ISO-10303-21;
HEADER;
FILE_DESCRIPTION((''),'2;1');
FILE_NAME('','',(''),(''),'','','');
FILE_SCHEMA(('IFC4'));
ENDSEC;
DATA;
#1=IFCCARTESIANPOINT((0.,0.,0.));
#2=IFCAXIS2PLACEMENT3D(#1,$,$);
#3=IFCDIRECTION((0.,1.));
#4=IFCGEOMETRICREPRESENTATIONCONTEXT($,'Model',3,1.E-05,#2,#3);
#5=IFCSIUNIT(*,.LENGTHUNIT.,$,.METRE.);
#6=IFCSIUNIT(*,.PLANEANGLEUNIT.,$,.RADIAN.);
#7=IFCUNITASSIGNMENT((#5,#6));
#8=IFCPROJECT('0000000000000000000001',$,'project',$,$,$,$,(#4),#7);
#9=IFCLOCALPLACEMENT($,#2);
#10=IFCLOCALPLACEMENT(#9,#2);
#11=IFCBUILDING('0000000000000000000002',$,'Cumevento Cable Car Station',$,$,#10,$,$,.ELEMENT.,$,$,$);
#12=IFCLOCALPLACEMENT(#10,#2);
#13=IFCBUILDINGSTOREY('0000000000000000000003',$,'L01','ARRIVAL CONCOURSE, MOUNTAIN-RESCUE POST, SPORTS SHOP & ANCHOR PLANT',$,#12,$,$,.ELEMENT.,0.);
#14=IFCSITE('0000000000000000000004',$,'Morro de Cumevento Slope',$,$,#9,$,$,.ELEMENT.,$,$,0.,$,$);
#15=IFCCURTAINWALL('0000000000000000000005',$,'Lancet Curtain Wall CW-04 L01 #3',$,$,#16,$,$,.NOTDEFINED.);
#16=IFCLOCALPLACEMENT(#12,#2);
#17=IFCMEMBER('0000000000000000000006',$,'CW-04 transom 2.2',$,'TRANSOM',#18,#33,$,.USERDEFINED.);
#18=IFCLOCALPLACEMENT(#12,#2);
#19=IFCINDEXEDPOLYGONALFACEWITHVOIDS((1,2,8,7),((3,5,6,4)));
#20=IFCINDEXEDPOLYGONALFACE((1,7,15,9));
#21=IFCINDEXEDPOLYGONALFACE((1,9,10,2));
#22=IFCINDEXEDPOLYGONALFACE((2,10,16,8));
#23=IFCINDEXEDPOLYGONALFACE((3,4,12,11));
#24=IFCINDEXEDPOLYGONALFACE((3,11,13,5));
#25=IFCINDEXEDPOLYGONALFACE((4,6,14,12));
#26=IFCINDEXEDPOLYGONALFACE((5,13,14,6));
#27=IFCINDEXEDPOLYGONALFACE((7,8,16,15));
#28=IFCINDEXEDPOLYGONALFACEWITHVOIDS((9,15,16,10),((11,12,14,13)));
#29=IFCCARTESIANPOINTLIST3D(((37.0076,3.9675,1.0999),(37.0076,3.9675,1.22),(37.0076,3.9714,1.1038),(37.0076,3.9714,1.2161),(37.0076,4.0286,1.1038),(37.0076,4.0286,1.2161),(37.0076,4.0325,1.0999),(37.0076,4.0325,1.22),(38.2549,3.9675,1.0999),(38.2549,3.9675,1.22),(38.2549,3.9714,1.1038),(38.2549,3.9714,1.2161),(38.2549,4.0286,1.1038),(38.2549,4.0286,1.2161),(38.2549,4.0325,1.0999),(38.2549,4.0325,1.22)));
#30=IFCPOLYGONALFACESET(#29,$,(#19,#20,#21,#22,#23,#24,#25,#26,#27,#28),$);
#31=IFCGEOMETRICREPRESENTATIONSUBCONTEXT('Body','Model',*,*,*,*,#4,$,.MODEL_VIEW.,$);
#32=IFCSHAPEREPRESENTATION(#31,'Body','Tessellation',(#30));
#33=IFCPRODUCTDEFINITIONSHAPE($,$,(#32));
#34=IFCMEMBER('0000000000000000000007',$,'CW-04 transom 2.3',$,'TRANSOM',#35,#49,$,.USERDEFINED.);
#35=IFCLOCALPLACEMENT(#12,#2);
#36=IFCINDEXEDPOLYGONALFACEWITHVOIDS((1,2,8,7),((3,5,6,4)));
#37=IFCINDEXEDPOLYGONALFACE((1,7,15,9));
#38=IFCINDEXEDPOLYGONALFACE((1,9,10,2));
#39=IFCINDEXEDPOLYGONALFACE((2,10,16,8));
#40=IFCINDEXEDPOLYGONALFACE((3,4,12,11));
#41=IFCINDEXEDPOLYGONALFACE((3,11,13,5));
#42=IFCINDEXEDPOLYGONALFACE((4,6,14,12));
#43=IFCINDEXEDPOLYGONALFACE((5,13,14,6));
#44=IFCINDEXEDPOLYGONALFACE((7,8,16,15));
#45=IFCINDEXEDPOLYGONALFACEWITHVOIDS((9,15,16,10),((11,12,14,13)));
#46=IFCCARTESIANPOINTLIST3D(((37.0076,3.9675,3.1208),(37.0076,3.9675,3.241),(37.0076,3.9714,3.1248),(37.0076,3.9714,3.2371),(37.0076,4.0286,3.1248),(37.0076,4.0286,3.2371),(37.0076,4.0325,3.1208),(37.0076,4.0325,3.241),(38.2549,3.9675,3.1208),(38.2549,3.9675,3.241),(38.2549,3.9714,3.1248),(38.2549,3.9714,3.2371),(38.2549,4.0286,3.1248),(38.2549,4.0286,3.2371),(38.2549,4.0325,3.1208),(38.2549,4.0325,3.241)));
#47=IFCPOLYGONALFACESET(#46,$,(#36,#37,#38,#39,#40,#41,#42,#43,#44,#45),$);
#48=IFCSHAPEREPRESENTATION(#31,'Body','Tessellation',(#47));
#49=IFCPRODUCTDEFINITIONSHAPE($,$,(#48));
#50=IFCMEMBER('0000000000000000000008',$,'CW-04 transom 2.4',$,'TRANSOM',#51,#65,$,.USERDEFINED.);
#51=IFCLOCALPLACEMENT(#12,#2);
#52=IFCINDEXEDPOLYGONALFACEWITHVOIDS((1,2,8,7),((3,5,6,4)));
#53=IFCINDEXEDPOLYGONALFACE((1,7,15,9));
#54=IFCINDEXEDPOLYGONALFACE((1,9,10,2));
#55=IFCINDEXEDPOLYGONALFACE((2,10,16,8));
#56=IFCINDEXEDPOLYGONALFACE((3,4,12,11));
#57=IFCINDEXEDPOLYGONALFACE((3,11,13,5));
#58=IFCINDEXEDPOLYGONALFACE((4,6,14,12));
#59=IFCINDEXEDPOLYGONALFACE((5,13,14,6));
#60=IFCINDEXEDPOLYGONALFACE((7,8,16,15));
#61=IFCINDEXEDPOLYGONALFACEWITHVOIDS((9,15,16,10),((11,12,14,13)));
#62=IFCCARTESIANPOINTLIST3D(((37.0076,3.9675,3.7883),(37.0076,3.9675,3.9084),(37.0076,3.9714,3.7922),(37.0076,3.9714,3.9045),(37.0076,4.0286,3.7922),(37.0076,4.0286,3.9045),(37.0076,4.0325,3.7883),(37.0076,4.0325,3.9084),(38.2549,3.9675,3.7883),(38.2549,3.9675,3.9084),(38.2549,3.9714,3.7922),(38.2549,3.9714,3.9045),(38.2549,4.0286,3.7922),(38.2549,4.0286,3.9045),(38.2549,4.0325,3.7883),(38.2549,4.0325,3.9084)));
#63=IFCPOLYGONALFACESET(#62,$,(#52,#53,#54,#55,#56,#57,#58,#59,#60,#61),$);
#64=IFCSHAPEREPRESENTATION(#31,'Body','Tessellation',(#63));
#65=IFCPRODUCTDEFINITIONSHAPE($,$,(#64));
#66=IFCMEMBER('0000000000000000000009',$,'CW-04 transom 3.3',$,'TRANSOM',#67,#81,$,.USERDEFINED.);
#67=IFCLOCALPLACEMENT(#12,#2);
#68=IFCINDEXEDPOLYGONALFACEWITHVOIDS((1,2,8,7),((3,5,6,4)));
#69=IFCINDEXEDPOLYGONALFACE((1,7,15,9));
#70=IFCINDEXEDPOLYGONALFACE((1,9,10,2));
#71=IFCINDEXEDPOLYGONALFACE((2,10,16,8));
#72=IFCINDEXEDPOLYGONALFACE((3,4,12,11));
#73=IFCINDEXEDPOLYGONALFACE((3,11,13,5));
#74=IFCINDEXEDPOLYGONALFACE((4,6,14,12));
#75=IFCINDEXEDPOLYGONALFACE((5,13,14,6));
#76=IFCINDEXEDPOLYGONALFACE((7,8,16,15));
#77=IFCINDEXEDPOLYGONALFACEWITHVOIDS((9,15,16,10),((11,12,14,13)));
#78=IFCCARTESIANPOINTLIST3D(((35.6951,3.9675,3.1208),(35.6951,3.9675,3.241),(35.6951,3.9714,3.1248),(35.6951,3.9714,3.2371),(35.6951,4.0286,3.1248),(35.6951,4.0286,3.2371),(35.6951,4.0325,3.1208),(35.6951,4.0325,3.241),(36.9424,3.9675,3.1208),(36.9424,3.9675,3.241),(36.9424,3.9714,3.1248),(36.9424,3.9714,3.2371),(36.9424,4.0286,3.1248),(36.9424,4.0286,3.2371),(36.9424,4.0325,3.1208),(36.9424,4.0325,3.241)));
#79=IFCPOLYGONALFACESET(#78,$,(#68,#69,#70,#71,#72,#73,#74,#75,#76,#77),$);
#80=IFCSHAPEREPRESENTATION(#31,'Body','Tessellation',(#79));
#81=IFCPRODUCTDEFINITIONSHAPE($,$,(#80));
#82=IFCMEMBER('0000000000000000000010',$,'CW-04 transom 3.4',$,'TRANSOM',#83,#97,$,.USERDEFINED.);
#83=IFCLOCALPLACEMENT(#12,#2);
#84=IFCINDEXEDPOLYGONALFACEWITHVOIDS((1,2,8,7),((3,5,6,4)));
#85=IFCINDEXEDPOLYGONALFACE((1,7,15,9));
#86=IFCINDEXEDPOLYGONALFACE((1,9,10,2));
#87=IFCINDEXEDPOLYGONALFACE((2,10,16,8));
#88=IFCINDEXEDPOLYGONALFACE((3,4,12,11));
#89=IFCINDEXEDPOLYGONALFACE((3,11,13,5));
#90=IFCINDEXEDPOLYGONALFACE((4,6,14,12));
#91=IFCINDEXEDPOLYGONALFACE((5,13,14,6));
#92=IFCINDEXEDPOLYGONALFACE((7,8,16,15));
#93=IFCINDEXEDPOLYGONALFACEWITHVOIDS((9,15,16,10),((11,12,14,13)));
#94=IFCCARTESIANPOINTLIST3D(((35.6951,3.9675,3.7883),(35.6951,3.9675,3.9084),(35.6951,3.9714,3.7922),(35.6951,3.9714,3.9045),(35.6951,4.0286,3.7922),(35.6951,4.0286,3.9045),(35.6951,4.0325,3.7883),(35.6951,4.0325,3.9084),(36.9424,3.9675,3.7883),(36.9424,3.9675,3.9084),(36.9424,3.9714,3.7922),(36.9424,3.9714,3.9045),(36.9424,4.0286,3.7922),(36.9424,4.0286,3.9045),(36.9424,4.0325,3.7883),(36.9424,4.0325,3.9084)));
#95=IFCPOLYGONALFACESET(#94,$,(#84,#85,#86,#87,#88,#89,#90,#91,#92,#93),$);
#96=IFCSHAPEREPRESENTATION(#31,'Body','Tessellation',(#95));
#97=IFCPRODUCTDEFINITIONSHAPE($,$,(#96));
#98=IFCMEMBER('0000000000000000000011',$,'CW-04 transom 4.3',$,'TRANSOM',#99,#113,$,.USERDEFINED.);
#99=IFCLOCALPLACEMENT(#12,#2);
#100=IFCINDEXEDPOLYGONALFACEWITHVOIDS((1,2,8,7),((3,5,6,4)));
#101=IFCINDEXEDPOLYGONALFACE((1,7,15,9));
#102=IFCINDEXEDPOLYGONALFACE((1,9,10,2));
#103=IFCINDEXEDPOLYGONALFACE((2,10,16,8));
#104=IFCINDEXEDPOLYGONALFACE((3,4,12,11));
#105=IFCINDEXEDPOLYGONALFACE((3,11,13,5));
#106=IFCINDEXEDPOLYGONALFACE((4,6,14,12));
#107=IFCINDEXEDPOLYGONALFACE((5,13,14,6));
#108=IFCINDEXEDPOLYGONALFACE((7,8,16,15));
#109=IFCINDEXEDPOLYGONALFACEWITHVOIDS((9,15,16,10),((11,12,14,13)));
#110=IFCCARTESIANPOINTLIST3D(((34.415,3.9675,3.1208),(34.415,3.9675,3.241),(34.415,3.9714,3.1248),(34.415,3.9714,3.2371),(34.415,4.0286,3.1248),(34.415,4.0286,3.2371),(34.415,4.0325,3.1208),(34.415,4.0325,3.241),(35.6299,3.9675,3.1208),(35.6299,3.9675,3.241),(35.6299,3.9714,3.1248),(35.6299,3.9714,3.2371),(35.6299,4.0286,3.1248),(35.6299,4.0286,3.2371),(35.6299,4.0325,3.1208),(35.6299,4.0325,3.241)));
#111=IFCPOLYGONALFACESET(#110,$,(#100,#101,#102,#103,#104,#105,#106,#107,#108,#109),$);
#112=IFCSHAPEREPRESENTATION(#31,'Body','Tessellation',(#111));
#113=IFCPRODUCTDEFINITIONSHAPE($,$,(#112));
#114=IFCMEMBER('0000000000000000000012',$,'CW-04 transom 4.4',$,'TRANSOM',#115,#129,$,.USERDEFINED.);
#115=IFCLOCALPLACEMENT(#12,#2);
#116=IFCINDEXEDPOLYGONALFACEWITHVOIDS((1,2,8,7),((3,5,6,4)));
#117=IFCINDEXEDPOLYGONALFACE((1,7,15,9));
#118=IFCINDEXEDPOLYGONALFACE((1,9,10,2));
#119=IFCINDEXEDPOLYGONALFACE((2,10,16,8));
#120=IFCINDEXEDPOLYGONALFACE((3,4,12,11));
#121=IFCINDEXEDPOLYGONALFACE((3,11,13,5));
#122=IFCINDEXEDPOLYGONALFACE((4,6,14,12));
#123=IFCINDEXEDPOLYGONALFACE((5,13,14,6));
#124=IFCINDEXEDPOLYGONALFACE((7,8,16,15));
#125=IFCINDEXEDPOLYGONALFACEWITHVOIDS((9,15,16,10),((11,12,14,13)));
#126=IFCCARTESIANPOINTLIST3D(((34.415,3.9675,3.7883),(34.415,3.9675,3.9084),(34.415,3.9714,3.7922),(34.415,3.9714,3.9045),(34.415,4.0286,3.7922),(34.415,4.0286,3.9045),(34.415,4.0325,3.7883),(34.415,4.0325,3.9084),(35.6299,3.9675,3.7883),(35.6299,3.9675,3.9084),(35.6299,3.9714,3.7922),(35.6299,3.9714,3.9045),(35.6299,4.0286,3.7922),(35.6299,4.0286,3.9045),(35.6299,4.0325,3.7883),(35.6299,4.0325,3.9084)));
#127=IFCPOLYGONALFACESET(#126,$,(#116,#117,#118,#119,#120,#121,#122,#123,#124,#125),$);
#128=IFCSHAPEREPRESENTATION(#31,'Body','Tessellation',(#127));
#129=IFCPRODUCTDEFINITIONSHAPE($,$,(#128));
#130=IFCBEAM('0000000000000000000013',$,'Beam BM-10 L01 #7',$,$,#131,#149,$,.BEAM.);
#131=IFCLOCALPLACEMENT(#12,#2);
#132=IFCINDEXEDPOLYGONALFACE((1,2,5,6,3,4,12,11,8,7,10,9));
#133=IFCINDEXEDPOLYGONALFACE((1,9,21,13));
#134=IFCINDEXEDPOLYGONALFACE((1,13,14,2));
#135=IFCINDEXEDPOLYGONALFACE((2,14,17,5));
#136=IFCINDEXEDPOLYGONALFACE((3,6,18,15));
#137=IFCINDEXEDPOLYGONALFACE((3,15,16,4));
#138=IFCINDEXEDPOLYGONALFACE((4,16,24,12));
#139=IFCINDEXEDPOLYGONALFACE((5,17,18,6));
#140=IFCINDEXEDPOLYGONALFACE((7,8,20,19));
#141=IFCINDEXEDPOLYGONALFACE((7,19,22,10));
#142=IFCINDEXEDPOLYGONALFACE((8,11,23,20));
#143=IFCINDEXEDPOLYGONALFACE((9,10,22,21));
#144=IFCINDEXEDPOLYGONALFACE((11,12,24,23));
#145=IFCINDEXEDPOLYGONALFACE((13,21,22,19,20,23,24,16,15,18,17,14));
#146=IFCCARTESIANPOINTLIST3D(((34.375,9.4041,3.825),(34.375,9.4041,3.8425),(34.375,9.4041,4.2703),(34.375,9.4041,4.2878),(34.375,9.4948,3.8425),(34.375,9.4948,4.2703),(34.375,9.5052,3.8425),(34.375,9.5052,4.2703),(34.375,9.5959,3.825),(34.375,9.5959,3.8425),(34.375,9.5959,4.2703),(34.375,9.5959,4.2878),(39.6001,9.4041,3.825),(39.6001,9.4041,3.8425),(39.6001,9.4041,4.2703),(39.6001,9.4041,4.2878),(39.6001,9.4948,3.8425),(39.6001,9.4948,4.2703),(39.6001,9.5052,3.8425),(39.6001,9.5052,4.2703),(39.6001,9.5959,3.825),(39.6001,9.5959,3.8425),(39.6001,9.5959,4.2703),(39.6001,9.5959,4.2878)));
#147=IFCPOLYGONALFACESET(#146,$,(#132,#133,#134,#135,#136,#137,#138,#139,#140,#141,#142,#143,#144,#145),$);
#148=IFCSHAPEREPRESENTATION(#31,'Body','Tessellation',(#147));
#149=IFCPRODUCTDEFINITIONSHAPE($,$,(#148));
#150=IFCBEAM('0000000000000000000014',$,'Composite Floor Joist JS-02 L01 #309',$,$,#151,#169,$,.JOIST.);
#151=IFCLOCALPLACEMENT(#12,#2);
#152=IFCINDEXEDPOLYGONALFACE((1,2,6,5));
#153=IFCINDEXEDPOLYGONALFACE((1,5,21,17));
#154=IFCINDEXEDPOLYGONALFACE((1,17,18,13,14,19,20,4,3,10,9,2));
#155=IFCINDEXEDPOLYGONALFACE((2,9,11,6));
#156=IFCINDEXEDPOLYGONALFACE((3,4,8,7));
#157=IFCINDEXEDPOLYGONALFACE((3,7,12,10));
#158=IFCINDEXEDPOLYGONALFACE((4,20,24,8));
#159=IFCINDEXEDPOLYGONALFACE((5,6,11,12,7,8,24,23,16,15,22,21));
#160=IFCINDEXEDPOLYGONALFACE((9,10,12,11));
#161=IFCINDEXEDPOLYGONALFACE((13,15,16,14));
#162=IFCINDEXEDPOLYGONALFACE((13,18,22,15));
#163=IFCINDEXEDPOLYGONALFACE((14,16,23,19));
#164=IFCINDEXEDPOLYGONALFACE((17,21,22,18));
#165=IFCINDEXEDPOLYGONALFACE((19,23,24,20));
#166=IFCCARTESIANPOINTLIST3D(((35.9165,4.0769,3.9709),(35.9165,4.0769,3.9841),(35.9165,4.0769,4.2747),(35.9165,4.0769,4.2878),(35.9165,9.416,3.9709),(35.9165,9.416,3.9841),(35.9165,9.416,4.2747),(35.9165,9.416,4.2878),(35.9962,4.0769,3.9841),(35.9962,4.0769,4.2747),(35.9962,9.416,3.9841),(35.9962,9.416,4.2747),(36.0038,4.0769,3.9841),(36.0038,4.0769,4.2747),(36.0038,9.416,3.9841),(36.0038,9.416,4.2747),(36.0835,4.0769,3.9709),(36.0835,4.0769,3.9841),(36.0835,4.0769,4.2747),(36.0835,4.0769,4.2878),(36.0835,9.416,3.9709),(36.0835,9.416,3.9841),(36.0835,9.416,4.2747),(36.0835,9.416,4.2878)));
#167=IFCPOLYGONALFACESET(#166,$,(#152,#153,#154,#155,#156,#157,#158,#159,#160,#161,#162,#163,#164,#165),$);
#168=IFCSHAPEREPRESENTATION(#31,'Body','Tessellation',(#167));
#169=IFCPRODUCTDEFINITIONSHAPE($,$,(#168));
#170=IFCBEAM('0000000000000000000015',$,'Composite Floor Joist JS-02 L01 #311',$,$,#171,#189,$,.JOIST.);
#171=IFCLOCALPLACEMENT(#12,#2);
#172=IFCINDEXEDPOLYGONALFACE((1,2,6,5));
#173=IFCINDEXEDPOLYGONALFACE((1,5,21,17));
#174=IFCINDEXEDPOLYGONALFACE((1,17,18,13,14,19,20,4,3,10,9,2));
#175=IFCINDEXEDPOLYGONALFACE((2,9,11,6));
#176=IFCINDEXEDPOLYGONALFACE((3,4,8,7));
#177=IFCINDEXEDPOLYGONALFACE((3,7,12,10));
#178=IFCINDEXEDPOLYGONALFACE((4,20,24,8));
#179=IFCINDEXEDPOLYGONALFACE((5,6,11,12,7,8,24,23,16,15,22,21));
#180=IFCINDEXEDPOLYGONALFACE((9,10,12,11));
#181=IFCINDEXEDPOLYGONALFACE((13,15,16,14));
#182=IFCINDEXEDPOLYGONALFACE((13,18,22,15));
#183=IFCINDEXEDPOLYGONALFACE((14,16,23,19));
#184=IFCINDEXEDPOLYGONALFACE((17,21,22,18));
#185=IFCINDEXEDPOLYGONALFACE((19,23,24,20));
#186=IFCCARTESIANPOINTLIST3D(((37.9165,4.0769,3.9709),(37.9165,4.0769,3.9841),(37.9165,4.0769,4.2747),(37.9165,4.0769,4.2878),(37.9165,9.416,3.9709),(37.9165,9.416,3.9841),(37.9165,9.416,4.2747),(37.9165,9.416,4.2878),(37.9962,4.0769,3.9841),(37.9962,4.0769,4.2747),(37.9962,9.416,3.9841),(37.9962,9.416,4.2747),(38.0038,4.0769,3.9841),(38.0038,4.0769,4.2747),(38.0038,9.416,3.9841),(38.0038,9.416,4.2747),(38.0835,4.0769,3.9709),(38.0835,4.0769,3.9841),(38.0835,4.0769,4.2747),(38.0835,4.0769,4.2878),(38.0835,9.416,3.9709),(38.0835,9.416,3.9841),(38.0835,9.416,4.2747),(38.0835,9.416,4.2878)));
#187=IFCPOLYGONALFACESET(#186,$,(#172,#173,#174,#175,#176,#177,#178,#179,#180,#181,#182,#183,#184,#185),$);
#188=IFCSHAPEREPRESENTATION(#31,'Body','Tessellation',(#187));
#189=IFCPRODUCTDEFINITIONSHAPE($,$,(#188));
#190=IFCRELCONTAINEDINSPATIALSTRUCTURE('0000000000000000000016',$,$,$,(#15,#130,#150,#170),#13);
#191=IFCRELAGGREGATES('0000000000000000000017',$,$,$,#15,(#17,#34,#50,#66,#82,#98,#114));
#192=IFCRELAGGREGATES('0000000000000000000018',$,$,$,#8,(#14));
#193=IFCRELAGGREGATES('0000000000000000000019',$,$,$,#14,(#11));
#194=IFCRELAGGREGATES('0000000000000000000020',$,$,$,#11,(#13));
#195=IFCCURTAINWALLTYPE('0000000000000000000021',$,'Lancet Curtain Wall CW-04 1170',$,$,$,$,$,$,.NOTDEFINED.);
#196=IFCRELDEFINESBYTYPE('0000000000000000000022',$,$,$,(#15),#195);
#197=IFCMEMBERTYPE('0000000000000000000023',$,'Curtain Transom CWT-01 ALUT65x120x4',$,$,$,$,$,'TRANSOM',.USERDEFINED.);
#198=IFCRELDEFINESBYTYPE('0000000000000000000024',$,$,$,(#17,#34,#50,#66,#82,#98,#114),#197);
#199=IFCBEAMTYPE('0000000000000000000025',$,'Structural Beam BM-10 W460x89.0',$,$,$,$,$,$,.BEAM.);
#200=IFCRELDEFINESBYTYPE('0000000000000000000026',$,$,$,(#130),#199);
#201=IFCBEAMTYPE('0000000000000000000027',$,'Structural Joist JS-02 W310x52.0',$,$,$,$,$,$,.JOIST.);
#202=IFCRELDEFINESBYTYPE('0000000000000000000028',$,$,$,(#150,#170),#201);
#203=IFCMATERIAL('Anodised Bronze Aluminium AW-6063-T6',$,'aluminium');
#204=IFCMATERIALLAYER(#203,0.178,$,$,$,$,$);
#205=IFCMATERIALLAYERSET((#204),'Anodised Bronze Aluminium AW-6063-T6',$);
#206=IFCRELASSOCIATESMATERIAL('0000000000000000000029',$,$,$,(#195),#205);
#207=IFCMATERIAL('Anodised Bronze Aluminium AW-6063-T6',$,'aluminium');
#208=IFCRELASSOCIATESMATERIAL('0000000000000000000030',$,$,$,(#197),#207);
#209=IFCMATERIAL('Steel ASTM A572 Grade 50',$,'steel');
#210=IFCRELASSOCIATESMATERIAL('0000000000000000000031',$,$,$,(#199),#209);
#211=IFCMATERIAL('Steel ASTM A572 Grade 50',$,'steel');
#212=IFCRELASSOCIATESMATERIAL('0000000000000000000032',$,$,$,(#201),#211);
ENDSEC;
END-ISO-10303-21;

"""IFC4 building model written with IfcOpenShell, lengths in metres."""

from ifc_helpers import new_model, si_unit, direction, frame, origin, origin_2d, place, context, subcontext, project, spatial, hollow_rectangle, i_section, extrude, material, layer, layer_set, material_profile, profile_set, type_object, element, aggregate, save


model = new_model("IFC4")

# Units and contexts
model_context = context("Model", 3, precision=1e-05, world=origin(), true_north=direction((0.0, 1.0)))
body_context = subcontext(model_context, "Body", "Model", "MODEL_VIEW")
ifc_project = project(units=[si_unit("LENGTHUNIT", "METRE"), si_unit("PLANEANGLEUNIT", "RADIAN")], contexts=[model_context])

# Site, building, storey
site_placement = place(None, origin())
site = spatial("IfcSite", under=ifc_project, at=site_placement, Name="Morro de Cumevento Slope", CompositionType="ELEMENT", RefElevation=0.0)
building_placement = place(site_placement, origin())
building = spatial("IfcBuilding", under=site, at=building_placement, Name="Cumevento Cable Car Station", CompositionType="ELEMENT")
storey_placement = place(building_placement, origin())
storey = spatial("IfcBuildingStorey", under=building, at=storey_placement, Name="L01", Description="ARRIVAL CONCOURSE, MOUNTAIN-RESCUE POST, SPORTS SHOP & ANCHOR PLANT", CompositionType="ELEMENT", Elevation=0.0)

# Curtain wall, members
ifc_material_1 = material(Name="Anodised Bronze Aluminium AW-6063-T6", Category="aluminium")
ifc_layer_1 = layer(ifc_material_1, 0.178)
ifc_layer_set_1 = layer_set([ifc_layer_1], Name="Anodised Bronze Aluminium AW-6063-T6")
curtain_wall_type = type_object("IfcCurtainWallType", Name="Lancet Curtain Wall CW-04 1170", PredefinedType="NOTDEFINED", material=ifc_layer_set_1)
curtain_wall_placement = place(storey_placement, origin())
curtain_wall = element("IfcCurtainWall", 1, at=curtain_wall_placement, inside=storey, type_object=curtain_wall_type, Name="Lancet Curtain Wall CW-04 L01 #3", PredefinedType="NOTDEFINED")
ifc_material_2 = material(Name="Anodised Bronze Aluminium AW-6063-T6", Category="aluminium")
ifc_material_profile_1 = material_profile(ifc_material_2, hollow_rectangle(XDim=0.0649, YDim=0.1201, WallThickness=0.0039, at=origin_2d()), Name="ALUT65x120x4")
ifc_profile_set_1 = profile_set([ifc_material_profile_1], Name="Anodised Bronze Aluminium AW-6063-T6")
member_type = type_object("IfcMemberType", Name="Curtain Transom CWT-01 ALUT65x120x4", ElementType="TRANSOM", PredefinedType="USERDEFINED", material=ifc_profile_set_1)
member_1_placement = place(storey_placement, frame((38.2549, 4.0, 1.1599), z_axis=(-1.0, 0.0, 0.0), x_axis=(0.0, -1.0, 0.0)))
member_1 = element("IfcMember", 2, at=member_1_placement, type_object=member_type, Name="CW-04 transom 2.2", ObjectType="TRANSOM", PredefinedType="USERDEFINED", context=body_context, shape_type="SweptSolid", body=[
    extrude(hollow_rectangle(XDim=0.0649, YDim=0.1201, WallThickness=0.0039, at=origin_2d()), origin(), (0.0, 0.0, 1.0), 1.2473),
])
member_2_placement = place(storey_placement, frame((38.2549, 4.0, 3.1809), z_axis=(-1.0, 0.0, 0.0), x_axis=(0.0, -1.0, 0.0)))
member_2 = element("IfcMember", 3, at=member_2_placement, type_object=member_type, Name="CW-04 transom 2.3", ObjectType="TRANSOM", PredefinedType="USERDEFINED", context=body_context, shape_type="SweptSolid", body=[
    extrude(hollow_rectangle(XDim=0.0649, YDim=0.1201, WallThickness=0.0039, at=origin_2d()), origin(), (0.0, 0.0, 1.0), 1.2473),
])
member_3_placement = place(storey_placement, frame((38.2549, 4.0, 3.8484), z_axis=(-1.0, 0.0, 0.0), x_axis=(0.0, -1.0, 0.0)))
member_3 = element("IfcMember", 4, at=member_3_placement, type_object=member_type, Name="CW-04 transom 2.4", ObjectType="TRANSOM", PredefinedType="USERDEFINED", context=body_context, shape_type="SweptSolid", body=[
    extrude(hollow_rectangle(XDim=0.0649, YDim=0.1201, WallThickness=0.0039, at=origin_2d()), origin(), (0.0, 0.0, 1.0), 1.2473),
])
member_4_placement = place(storey_placement, frame((36.9424, 4.0, 3.1809), z_axis=(-1.0, 0.0, 0.0), x_axis=(0.0, -1.0, 0.0)))
member_4 = element("IfcMember", 5, at=member_4_placement, type_object=member_type, Name="CW-04 transom 3.3", ObjectType="TRANSOM", PredefinedType="USERDEFINED", context=body_context, shape_type="SweptSolid", body=[
    extrude(hollow_rectangle(XDim=0.0649, YDim=0.1201, WallThickness=0.0039, at=origin_2d()), origin(), (0.0, 0.0, 1.0), 1.2473),
])
member_5_placement = place(storey_placement, frame((36.9424, 4.0, 3.8484), z_axis=(-1.0, 0.0, 0.0), x_axis=(0.0, -1.0, 0.0)))
member_5 = element("IfcMember", 6, at=member_5_placement, type_object=member_type, Name="CW-04 transom 3.4", ObjectType="TRANSOM", PredefinedType="USERDEFINED", context=body_context, shape_type="SweptSolid", body=[
    extrude(hollow_rectangle(XDim=0.0649, YDim=0.1201, WallThickness=0.0039, at=origin_2d()), origin(), (0.0, 0.0, 1.0), 1.2473),
])
member_6_placement = place(storey_placement, frame((35.6299, 4.0, 3.1809), z_axis=(-1.0, 0.0, 0.0), x_axis=(0.0, -1.0, 0.0)))
member_6 = element("IfcMember", 7, at=member_6_placement, type_object=member_type, Name="CW-04 transom 4.3", ObjectType="TRANSOM", PredefinedType="USERDEFINED", context=body_context, shape_type="SweptSolid", body=[
    extrude(hollow_rectangle(XDim=0.0649, YDim=0.1201, WallThickness=0.0039, at=origin_2d()), origin(), (0.0, 0.0, 1.0), 1.2148),
])
member_7_placement = place(storey_placement, frame((35.6299, 4.0, 3.8484), z_axis=(-1.0, 0.0, 0.0), x_axis=(0.0, -1.0, 0.0)))
member_7 = element("IfcMember", 8, at=member_7_placement, type_object=member_type, Name="CW-04 transom 4.4", ObjectType="TRANSOM", PredefinedType="USERDEFINED", context=body_context, shape_type="SweptSolid", body=[
    extrude(hollow_rectangle(XDim=0.0649, YDim=0.1201, WallThickness=0.0039, at=origin_2d()), origin(), (0.0, 0.0, 1.0), 1.2148),
])

# Beams
ifc_material_3 = material(Name="Steel ASTM A572 Grade 50", Category="steel")
ifc_material_profile_2 = material_profile(ifc_material_3, i_section(OverallWidth=0.1919, OverallDepth=0.4629, WebThickness=0.0105, FlangeThickness=0.0176, at=origin_2d()), Name="W460x89.0")
ifc_profile_set_2 = profile_set([ifc_material_profile_2], Name="Steel ASTM A572 Grade 50")
beam_type_1 = type_object("IfcBeamType", Name="Structural Beam BM-10 W460x89.0", PredefinedType="BEAM", material=ifc_profile_set_2)
beam_1_placement = place(storey_placement, frame((34.375, 9.5, 4.0564), z_axis=(1.0, 0.0, 0.0), x_axis=(0.0, 1.0, 0.0)))
element("IfcBeam", 9, at=beam_1_placement, inside=storey, type_object=beam_type_1, Name="Beam BM-10 L01 #7", PredefinedType="BEAM", context=body_context, shape_type="SweptSolid", body=[
    extrude(i_section(OverallWidth=0.1919, OverallDepth=0.4629, WebThickness=0.0105, FlangeThickness=0.0176, at=origin_2d()), origin(), (0.0, 0.0, 1.0), 5.2251),
])
ifc_material_4 = material(Name="Steel ASTM A572 Grade 50", Category="steel")
ifc_material_profile_3 = material_profile(ifc_material_4, i_section(OverallWidth=0.167, OverallDepth=0.3169, WebThickness=0.0076, FlangeThickness=0.0132, at=origin_2d()), Name="W310x52.0")
ifc_profile_set_3 = profile_set([ifc_material_profile_3], Name="Steel ASTM A572 Grade 50")
beam_type_2 = type_object("IfcBeamType", Name="Structural Joist JS-02 W310x52.0", PredefinedType="JOIST", material=ifc_profile_set_3)
for number, where, z_axis, x_axis, name in (
    (10, (36.0, 4.0769, 4.1294), (0.0, 1.0, 0.0), (-1.0, 0.0, 0.0), "Composite Floor Joist JS-02 L01 #309"),
    (11, (38.0, 4.0769, 4.1294), (0.0, 1.0, 0.0), (-1.0, 0.0, 0.0), "Composite Floor Joist JS-02 L01 #311"),
):
    element("IfcBeam", number, at=place(storey_placement, frame(where, z_axis=z_axis, x_axis=x_axis)), inside=storey, type_object=beam_type_2, Name=name, PredefinedType="JOIST", context=body_context, shape_type="SweptSolid", body=[
        extrude(i_section(OverallWidth=0.167, OverallDepth=0.3169, WebThickness=0.0076, FlangeThickness=0.0132, at=origin_2d()), origin(), (0.0, 0.0, 1.0), 5.3391),
    ])

aggregate(curtain_wall, [member_1, member_2, member_3, member_4, member_5, member_6, member_7])

save(model, "model.ifc")
